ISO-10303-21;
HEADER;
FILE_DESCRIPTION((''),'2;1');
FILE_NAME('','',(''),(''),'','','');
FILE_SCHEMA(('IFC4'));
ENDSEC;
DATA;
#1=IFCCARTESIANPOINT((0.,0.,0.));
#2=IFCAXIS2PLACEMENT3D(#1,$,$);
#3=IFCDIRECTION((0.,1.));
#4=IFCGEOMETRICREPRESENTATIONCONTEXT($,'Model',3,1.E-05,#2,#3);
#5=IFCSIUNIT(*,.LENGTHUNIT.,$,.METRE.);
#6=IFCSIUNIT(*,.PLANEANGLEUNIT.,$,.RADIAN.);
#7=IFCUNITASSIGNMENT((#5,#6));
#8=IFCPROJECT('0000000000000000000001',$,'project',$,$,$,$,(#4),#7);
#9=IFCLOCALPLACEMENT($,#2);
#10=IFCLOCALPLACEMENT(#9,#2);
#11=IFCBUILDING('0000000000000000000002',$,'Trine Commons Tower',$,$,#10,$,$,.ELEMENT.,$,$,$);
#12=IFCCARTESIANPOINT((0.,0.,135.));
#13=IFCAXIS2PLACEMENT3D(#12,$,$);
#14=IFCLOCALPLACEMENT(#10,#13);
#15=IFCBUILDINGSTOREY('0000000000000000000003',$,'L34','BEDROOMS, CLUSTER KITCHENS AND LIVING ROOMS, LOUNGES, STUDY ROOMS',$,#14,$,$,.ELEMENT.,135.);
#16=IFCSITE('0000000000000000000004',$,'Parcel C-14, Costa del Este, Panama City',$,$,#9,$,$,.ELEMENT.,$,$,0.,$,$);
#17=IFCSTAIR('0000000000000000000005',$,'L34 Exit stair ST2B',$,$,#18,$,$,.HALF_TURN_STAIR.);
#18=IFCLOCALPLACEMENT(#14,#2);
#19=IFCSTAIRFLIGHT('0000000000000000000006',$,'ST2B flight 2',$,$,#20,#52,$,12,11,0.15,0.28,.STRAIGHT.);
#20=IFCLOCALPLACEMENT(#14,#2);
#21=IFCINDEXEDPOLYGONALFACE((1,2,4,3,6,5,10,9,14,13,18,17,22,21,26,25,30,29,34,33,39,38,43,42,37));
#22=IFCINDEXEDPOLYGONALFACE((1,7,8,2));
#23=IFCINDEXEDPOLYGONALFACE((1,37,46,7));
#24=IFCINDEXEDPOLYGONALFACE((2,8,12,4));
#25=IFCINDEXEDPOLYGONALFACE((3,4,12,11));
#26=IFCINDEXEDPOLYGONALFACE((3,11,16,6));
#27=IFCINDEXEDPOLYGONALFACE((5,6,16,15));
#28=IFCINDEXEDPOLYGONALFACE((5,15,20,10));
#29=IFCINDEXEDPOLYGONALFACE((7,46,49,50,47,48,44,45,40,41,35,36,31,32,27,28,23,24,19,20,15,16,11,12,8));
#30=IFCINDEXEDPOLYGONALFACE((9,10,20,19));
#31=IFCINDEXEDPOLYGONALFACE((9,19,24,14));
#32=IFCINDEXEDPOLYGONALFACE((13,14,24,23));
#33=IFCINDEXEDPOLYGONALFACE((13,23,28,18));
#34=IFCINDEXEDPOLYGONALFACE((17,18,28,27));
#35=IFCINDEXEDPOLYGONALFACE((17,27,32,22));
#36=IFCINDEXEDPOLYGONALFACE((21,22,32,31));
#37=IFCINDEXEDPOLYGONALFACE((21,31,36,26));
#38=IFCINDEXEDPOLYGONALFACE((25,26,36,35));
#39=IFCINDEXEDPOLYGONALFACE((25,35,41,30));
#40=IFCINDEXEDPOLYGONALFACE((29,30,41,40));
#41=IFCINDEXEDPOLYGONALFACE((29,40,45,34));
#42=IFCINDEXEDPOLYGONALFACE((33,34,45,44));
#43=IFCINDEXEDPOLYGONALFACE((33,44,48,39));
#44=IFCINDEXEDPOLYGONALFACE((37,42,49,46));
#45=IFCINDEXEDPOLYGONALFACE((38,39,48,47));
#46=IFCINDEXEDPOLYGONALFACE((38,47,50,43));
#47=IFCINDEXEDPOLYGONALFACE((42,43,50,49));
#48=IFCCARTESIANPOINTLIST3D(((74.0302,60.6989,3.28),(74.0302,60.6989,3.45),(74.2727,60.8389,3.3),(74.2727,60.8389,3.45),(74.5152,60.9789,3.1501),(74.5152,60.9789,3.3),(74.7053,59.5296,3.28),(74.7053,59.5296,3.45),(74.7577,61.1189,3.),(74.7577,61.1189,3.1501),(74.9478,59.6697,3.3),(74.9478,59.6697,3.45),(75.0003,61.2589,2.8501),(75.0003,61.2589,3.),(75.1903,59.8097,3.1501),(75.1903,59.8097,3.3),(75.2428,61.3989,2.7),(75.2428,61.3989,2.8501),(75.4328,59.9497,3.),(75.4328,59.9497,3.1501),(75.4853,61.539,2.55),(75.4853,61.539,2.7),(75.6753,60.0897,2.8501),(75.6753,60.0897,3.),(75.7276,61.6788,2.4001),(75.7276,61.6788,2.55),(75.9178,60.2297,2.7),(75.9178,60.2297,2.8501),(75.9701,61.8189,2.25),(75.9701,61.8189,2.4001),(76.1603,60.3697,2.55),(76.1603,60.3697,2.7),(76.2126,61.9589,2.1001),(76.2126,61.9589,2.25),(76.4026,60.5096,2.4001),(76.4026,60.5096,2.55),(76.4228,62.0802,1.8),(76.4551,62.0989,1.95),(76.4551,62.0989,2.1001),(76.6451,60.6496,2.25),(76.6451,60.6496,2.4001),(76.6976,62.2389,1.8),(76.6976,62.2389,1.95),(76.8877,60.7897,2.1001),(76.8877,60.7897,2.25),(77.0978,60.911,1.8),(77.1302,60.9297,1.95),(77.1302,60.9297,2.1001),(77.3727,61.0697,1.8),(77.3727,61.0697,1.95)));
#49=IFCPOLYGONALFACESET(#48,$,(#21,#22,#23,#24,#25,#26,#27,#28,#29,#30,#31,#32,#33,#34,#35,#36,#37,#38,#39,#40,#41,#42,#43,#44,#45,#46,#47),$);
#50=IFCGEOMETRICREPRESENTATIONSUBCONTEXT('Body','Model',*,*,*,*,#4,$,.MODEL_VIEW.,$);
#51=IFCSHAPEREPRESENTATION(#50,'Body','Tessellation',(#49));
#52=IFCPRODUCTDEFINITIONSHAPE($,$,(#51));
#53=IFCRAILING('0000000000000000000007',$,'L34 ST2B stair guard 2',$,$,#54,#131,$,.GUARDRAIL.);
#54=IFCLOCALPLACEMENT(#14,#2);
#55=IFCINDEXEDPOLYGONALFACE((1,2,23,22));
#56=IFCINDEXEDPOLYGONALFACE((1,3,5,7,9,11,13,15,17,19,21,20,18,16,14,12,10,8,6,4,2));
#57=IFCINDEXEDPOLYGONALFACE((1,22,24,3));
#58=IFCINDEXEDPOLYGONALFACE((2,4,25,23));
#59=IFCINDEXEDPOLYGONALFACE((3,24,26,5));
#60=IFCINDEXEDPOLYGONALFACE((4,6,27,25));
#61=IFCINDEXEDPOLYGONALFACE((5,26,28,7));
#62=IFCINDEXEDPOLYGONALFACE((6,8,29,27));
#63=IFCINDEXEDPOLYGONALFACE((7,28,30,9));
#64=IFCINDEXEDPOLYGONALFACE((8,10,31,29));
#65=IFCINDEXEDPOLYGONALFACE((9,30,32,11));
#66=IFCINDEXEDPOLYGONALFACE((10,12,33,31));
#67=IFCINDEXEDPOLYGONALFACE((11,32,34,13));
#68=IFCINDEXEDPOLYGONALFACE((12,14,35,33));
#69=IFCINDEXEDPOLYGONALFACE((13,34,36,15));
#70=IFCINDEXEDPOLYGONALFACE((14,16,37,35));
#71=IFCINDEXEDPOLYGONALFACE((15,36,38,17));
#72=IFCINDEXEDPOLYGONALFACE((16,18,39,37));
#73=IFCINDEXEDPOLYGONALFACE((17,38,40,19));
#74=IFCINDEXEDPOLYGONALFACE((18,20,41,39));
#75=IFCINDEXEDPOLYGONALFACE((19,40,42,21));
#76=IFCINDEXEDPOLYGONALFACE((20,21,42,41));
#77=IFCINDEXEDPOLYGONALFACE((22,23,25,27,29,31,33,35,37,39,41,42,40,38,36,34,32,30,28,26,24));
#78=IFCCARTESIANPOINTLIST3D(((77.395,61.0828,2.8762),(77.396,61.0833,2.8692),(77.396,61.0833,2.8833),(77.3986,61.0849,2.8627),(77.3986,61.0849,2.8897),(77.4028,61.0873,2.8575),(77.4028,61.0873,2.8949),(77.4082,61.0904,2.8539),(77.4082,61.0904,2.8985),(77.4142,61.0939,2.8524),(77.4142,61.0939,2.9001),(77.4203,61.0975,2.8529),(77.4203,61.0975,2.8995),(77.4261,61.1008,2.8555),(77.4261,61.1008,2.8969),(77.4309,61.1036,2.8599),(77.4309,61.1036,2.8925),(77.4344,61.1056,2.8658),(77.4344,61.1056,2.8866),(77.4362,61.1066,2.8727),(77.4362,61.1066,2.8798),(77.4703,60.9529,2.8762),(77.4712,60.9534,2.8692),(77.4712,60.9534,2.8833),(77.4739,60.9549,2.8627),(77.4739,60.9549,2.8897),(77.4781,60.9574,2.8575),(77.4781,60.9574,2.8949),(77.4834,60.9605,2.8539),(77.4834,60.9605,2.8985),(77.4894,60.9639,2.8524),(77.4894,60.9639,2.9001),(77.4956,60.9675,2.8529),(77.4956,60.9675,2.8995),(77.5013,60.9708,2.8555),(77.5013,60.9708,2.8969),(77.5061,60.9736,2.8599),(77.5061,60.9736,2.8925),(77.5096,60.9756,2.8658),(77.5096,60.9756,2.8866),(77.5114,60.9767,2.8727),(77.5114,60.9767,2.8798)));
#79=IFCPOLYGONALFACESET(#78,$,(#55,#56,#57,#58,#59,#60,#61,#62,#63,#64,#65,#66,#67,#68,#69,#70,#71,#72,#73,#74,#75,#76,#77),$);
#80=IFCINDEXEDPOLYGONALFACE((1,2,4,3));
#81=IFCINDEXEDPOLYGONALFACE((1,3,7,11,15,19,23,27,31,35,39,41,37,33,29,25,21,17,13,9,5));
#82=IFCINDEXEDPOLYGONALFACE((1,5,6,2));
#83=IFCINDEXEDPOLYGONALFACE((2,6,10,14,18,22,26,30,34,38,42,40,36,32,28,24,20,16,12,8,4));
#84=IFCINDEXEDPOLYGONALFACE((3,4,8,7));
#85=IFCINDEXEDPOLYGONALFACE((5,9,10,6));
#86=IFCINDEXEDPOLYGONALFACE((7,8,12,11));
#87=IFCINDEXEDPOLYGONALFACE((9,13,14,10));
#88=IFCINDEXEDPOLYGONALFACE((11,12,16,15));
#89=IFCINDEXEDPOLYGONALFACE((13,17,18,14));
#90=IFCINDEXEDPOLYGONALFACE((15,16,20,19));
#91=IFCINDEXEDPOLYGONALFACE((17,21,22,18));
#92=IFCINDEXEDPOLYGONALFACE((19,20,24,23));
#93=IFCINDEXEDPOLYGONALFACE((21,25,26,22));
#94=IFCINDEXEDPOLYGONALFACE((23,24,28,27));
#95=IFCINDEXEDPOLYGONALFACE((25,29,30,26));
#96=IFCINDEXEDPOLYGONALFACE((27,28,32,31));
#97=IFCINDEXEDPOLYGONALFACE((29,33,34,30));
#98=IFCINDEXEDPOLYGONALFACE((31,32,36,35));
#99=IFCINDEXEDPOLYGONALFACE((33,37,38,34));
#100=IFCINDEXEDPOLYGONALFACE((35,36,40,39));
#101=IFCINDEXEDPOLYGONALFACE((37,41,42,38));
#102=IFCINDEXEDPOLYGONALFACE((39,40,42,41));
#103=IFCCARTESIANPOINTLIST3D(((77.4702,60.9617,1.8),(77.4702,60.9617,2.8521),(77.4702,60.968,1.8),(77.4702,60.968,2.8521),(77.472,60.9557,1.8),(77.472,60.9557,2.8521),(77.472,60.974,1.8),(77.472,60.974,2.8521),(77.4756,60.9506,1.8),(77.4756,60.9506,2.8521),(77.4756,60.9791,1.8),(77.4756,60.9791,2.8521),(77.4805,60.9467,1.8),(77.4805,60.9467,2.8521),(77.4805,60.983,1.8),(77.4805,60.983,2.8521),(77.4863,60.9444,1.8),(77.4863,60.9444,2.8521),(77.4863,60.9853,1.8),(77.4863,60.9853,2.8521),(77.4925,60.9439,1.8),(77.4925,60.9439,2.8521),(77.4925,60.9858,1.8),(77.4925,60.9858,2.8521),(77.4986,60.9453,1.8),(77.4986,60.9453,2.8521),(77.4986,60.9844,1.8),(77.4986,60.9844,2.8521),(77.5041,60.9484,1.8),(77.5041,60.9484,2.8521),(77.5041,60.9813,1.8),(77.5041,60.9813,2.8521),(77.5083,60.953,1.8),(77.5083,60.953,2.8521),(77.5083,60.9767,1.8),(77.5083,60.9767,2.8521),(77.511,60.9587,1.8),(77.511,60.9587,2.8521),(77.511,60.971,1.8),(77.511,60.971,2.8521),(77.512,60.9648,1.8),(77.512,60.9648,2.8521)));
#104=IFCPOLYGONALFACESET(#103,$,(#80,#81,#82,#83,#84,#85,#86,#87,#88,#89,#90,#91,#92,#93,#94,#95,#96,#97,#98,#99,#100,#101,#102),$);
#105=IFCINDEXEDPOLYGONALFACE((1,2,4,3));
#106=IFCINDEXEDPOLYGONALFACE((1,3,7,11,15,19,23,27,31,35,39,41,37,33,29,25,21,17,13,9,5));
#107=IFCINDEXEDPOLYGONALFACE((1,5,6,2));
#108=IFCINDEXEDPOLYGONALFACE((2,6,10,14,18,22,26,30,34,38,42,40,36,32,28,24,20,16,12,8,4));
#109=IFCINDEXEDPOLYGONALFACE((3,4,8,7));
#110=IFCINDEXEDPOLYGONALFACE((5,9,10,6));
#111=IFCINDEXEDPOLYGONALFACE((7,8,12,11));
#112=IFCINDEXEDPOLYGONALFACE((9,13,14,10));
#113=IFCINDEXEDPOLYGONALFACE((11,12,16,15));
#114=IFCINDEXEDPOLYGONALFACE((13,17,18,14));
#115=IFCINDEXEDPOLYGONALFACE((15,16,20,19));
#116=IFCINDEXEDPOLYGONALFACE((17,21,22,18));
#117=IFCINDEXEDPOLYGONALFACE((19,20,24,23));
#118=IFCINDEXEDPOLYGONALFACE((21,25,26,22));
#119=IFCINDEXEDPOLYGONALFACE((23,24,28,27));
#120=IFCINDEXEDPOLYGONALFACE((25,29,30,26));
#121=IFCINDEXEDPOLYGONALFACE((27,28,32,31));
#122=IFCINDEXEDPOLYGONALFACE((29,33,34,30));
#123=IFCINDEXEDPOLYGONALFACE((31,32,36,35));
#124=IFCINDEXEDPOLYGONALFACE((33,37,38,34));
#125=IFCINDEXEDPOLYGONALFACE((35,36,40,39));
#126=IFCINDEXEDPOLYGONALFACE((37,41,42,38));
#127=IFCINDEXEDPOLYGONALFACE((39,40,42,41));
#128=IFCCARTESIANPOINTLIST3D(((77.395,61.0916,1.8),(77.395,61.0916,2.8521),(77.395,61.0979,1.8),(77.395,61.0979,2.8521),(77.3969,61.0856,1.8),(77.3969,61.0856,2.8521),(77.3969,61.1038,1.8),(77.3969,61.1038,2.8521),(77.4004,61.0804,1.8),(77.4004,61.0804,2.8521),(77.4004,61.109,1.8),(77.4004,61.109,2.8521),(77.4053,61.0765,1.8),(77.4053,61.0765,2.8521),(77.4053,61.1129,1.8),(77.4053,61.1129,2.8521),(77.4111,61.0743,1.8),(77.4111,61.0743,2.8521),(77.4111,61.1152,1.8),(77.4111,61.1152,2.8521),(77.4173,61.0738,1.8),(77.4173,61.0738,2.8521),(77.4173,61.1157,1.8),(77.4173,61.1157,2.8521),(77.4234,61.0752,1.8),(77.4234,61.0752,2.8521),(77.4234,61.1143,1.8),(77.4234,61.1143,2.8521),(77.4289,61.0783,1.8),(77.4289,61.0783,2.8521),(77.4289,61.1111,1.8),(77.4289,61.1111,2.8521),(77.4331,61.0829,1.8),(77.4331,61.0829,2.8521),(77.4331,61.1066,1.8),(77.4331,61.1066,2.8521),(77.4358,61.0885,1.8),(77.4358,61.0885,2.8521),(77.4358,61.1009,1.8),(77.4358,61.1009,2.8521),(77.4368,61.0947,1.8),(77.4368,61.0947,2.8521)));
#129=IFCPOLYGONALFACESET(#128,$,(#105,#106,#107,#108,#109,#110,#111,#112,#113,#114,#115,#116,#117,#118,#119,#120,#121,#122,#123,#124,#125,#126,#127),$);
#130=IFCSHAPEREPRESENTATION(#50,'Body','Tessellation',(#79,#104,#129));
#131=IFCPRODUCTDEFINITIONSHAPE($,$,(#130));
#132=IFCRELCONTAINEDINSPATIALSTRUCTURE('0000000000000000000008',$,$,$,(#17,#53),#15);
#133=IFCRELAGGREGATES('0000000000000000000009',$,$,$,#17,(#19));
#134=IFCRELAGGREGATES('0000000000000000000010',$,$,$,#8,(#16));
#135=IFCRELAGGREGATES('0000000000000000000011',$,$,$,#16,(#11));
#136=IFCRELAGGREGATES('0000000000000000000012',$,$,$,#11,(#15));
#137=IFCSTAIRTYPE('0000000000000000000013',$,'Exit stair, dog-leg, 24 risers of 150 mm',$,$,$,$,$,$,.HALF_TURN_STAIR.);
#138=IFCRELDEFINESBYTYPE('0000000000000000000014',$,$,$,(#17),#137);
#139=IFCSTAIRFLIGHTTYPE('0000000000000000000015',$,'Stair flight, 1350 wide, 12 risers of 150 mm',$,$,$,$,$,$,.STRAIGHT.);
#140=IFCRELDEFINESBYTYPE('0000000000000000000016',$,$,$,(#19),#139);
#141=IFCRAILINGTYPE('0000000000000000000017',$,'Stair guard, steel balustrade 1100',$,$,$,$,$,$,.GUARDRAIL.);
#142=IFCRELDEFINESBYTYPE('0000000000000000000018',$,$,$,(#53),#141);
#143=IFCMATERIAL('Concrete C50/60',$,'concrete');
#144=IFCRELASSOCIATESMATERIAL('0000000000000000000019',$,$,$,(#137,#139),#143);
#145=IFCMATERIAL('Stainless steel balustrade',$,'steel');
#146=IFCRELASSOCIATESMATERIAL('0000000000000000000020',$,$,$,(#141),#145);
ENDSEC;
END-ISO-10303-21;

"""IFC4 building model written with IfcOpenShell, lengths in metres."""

from ifc_helpers import new_model, si_unit, direction, frame, origin, origin_2d, place, context, subcontext, project, spatial, polyline, circle, outline, extrude, material, type_object, element, aggregate, save


model = new_model("IFC4")

# Units and contexts
model_context = context("Model", 3, precision=1e-05, world=origin(), true_north=direction((0.0, 1.0)))
body_context = subcontext(model_context, "Body", "Model", "MODEL_VIEW")
ifc_project = project(units=[si_unit("LENGTHUNIT", "METRE"), si_unit("PLANEANGLEUNIT", "RADIAN")], contexts=[model_context])

# Site, building, storey
site_placement = place(None, origin())
site = spatial("IfcSite", under=ifc_project, at=site_placement, Name="Parcel C-14, Costa del Este, Panama City", CompositionType="ELEMENT", RefElevation=0.0)
building_placement = place(site_placement, origin())
building = spatial("IfcBuilding", under=site, at=building_placement, Name="Trine Commons Tower", CompositionType="ELEMENT")
storey_placement = place(building_placement, frame((0.0, 0.0, 135.0)))
storey = spatial("IfcBuildingStorey", under=building, at=storey_placement, Name="L34", Description="BEDROOMS, CLUSTER KITCHENS AND LIVING ROOMS, LOUNGES, STUDY ROOMS", CompositionType="ELEMENT", Elevation=135.0)

# Shared definitions
ifc_material_1 = material(Name="Concrete C50/60", Category="concrete")

# Stair, stair flight
stair_type = type_object("IfcStairType", Name="Exit stair, dog-leg, 24 risers of 150 mm", PredefinedType="HALF_TURN_STAIR", material=ifc_material_1)
stair_placement = place(storey_placement, origin())
stair = element("IfcStair", 1, at=stair_placement, inside=storey, type_object=stair_type, Name="L34 Exit stair ST2B", PredefinedType="HALF_TURN_STAIR")
stair_flight_type = type_object("IfcStairFlightType", Name="Stair flight, 1350 wide, 12 risers of 150 mm", PredefinedType="STRAIGHT", material=ifc_material_1)
stair_flight_placement = place(storey_placement, frame((77.0352, 61.6543, 1.8), z_axis=(0.0, 0.0, 1.0), x_axis=(-0.866025, -0.5, 0.0)))
stair_flight = element("IfcStairFlight", 2, at=stair_flight_placement, type_object=stair_flight_type, Name="ST2B flight 2", NumberOfRisers=12, NumberOfTreads=11, PredefinedType="STRAIGHT", RiserHeight=0.15, TreadLength=0.28, context=body_context, shape_type="SweptSolid", body=[
    extrude(outline(polyline([(0.0, 0.0), (0.0, 0.1499), (0.28, 0.1499), (0.28, 0.3), (0.5601, 0.3), (0.5601, 0.45), (0.8401, 0.45), (0.8401, 0.6001), (1.1201, 0.6001), (1.1201, 0.75), (1.3999, 0.75), (1.3999, 0.8999), (1.6799, 0.8999), (1.6799, 1.05), (1.96, 1.05), (1.96, 1.2), (2.24, 1.2), (2.24, 1.3501), (2.52, 1.3501), (2.52, 1.5), (2.8, 1.5), (2.8, 1.6499), (3.0801, 1.6499), (3.0801, 1.8), (3.0801, 1.48), (0.3174, 0.0), (0.0, 0.0)])), frame((0.0, 0.675, 0.0), z_axis=(0.0, -1.0, 0.0), x_axis=(1.0, 0.0, 0.0)), (0.0, 0.0, 1.0), 1.3501),
])
aggregate(stair, [stair_flight])

# Railing
ifc_material_2 = material(Name="Stainless steel balustrade", Category="steel")
railing_type_1 = type_object("IfcRailingType", Name="Stair guard, steel balustrade 1100", PredefinedType="GUARDRAIL", material=ifc_material_2)
railing_1_placement = place(storey_placement, frame((77.491, 60.9648, 1.8)))
element("IfcRailing", 3, at=railing_1_placement, inside=storey, type_object=railing_type_1, Name="L34 ST2B stair guard 2", PredefinedType="GUARDRAIL", context=body_context, shape_type="SweptSolid", body=[
    extrude(circle(Radius=0.0239, at=origin_2d()), frame((0.0, 0.0, 1.0762), z_axis=(-0.501036, 0.865426, 0.0), x_axis=(-0.865426, -0.501036, 0.0)), (0.0, 0.0, 1.0), 0.1501),
    extrude(circle(Radius=0.021, at=origin_2d()), origin(), (0.0, 0.0, 1.0), 1.052),
    extrude(circle(Radius=0.021, at=origin_2d()), frame((-0.0752, 0.1299, 0.0)), (0.0, 0.0, 1.0), 1.052),
])

save(model, "model.ifc")
